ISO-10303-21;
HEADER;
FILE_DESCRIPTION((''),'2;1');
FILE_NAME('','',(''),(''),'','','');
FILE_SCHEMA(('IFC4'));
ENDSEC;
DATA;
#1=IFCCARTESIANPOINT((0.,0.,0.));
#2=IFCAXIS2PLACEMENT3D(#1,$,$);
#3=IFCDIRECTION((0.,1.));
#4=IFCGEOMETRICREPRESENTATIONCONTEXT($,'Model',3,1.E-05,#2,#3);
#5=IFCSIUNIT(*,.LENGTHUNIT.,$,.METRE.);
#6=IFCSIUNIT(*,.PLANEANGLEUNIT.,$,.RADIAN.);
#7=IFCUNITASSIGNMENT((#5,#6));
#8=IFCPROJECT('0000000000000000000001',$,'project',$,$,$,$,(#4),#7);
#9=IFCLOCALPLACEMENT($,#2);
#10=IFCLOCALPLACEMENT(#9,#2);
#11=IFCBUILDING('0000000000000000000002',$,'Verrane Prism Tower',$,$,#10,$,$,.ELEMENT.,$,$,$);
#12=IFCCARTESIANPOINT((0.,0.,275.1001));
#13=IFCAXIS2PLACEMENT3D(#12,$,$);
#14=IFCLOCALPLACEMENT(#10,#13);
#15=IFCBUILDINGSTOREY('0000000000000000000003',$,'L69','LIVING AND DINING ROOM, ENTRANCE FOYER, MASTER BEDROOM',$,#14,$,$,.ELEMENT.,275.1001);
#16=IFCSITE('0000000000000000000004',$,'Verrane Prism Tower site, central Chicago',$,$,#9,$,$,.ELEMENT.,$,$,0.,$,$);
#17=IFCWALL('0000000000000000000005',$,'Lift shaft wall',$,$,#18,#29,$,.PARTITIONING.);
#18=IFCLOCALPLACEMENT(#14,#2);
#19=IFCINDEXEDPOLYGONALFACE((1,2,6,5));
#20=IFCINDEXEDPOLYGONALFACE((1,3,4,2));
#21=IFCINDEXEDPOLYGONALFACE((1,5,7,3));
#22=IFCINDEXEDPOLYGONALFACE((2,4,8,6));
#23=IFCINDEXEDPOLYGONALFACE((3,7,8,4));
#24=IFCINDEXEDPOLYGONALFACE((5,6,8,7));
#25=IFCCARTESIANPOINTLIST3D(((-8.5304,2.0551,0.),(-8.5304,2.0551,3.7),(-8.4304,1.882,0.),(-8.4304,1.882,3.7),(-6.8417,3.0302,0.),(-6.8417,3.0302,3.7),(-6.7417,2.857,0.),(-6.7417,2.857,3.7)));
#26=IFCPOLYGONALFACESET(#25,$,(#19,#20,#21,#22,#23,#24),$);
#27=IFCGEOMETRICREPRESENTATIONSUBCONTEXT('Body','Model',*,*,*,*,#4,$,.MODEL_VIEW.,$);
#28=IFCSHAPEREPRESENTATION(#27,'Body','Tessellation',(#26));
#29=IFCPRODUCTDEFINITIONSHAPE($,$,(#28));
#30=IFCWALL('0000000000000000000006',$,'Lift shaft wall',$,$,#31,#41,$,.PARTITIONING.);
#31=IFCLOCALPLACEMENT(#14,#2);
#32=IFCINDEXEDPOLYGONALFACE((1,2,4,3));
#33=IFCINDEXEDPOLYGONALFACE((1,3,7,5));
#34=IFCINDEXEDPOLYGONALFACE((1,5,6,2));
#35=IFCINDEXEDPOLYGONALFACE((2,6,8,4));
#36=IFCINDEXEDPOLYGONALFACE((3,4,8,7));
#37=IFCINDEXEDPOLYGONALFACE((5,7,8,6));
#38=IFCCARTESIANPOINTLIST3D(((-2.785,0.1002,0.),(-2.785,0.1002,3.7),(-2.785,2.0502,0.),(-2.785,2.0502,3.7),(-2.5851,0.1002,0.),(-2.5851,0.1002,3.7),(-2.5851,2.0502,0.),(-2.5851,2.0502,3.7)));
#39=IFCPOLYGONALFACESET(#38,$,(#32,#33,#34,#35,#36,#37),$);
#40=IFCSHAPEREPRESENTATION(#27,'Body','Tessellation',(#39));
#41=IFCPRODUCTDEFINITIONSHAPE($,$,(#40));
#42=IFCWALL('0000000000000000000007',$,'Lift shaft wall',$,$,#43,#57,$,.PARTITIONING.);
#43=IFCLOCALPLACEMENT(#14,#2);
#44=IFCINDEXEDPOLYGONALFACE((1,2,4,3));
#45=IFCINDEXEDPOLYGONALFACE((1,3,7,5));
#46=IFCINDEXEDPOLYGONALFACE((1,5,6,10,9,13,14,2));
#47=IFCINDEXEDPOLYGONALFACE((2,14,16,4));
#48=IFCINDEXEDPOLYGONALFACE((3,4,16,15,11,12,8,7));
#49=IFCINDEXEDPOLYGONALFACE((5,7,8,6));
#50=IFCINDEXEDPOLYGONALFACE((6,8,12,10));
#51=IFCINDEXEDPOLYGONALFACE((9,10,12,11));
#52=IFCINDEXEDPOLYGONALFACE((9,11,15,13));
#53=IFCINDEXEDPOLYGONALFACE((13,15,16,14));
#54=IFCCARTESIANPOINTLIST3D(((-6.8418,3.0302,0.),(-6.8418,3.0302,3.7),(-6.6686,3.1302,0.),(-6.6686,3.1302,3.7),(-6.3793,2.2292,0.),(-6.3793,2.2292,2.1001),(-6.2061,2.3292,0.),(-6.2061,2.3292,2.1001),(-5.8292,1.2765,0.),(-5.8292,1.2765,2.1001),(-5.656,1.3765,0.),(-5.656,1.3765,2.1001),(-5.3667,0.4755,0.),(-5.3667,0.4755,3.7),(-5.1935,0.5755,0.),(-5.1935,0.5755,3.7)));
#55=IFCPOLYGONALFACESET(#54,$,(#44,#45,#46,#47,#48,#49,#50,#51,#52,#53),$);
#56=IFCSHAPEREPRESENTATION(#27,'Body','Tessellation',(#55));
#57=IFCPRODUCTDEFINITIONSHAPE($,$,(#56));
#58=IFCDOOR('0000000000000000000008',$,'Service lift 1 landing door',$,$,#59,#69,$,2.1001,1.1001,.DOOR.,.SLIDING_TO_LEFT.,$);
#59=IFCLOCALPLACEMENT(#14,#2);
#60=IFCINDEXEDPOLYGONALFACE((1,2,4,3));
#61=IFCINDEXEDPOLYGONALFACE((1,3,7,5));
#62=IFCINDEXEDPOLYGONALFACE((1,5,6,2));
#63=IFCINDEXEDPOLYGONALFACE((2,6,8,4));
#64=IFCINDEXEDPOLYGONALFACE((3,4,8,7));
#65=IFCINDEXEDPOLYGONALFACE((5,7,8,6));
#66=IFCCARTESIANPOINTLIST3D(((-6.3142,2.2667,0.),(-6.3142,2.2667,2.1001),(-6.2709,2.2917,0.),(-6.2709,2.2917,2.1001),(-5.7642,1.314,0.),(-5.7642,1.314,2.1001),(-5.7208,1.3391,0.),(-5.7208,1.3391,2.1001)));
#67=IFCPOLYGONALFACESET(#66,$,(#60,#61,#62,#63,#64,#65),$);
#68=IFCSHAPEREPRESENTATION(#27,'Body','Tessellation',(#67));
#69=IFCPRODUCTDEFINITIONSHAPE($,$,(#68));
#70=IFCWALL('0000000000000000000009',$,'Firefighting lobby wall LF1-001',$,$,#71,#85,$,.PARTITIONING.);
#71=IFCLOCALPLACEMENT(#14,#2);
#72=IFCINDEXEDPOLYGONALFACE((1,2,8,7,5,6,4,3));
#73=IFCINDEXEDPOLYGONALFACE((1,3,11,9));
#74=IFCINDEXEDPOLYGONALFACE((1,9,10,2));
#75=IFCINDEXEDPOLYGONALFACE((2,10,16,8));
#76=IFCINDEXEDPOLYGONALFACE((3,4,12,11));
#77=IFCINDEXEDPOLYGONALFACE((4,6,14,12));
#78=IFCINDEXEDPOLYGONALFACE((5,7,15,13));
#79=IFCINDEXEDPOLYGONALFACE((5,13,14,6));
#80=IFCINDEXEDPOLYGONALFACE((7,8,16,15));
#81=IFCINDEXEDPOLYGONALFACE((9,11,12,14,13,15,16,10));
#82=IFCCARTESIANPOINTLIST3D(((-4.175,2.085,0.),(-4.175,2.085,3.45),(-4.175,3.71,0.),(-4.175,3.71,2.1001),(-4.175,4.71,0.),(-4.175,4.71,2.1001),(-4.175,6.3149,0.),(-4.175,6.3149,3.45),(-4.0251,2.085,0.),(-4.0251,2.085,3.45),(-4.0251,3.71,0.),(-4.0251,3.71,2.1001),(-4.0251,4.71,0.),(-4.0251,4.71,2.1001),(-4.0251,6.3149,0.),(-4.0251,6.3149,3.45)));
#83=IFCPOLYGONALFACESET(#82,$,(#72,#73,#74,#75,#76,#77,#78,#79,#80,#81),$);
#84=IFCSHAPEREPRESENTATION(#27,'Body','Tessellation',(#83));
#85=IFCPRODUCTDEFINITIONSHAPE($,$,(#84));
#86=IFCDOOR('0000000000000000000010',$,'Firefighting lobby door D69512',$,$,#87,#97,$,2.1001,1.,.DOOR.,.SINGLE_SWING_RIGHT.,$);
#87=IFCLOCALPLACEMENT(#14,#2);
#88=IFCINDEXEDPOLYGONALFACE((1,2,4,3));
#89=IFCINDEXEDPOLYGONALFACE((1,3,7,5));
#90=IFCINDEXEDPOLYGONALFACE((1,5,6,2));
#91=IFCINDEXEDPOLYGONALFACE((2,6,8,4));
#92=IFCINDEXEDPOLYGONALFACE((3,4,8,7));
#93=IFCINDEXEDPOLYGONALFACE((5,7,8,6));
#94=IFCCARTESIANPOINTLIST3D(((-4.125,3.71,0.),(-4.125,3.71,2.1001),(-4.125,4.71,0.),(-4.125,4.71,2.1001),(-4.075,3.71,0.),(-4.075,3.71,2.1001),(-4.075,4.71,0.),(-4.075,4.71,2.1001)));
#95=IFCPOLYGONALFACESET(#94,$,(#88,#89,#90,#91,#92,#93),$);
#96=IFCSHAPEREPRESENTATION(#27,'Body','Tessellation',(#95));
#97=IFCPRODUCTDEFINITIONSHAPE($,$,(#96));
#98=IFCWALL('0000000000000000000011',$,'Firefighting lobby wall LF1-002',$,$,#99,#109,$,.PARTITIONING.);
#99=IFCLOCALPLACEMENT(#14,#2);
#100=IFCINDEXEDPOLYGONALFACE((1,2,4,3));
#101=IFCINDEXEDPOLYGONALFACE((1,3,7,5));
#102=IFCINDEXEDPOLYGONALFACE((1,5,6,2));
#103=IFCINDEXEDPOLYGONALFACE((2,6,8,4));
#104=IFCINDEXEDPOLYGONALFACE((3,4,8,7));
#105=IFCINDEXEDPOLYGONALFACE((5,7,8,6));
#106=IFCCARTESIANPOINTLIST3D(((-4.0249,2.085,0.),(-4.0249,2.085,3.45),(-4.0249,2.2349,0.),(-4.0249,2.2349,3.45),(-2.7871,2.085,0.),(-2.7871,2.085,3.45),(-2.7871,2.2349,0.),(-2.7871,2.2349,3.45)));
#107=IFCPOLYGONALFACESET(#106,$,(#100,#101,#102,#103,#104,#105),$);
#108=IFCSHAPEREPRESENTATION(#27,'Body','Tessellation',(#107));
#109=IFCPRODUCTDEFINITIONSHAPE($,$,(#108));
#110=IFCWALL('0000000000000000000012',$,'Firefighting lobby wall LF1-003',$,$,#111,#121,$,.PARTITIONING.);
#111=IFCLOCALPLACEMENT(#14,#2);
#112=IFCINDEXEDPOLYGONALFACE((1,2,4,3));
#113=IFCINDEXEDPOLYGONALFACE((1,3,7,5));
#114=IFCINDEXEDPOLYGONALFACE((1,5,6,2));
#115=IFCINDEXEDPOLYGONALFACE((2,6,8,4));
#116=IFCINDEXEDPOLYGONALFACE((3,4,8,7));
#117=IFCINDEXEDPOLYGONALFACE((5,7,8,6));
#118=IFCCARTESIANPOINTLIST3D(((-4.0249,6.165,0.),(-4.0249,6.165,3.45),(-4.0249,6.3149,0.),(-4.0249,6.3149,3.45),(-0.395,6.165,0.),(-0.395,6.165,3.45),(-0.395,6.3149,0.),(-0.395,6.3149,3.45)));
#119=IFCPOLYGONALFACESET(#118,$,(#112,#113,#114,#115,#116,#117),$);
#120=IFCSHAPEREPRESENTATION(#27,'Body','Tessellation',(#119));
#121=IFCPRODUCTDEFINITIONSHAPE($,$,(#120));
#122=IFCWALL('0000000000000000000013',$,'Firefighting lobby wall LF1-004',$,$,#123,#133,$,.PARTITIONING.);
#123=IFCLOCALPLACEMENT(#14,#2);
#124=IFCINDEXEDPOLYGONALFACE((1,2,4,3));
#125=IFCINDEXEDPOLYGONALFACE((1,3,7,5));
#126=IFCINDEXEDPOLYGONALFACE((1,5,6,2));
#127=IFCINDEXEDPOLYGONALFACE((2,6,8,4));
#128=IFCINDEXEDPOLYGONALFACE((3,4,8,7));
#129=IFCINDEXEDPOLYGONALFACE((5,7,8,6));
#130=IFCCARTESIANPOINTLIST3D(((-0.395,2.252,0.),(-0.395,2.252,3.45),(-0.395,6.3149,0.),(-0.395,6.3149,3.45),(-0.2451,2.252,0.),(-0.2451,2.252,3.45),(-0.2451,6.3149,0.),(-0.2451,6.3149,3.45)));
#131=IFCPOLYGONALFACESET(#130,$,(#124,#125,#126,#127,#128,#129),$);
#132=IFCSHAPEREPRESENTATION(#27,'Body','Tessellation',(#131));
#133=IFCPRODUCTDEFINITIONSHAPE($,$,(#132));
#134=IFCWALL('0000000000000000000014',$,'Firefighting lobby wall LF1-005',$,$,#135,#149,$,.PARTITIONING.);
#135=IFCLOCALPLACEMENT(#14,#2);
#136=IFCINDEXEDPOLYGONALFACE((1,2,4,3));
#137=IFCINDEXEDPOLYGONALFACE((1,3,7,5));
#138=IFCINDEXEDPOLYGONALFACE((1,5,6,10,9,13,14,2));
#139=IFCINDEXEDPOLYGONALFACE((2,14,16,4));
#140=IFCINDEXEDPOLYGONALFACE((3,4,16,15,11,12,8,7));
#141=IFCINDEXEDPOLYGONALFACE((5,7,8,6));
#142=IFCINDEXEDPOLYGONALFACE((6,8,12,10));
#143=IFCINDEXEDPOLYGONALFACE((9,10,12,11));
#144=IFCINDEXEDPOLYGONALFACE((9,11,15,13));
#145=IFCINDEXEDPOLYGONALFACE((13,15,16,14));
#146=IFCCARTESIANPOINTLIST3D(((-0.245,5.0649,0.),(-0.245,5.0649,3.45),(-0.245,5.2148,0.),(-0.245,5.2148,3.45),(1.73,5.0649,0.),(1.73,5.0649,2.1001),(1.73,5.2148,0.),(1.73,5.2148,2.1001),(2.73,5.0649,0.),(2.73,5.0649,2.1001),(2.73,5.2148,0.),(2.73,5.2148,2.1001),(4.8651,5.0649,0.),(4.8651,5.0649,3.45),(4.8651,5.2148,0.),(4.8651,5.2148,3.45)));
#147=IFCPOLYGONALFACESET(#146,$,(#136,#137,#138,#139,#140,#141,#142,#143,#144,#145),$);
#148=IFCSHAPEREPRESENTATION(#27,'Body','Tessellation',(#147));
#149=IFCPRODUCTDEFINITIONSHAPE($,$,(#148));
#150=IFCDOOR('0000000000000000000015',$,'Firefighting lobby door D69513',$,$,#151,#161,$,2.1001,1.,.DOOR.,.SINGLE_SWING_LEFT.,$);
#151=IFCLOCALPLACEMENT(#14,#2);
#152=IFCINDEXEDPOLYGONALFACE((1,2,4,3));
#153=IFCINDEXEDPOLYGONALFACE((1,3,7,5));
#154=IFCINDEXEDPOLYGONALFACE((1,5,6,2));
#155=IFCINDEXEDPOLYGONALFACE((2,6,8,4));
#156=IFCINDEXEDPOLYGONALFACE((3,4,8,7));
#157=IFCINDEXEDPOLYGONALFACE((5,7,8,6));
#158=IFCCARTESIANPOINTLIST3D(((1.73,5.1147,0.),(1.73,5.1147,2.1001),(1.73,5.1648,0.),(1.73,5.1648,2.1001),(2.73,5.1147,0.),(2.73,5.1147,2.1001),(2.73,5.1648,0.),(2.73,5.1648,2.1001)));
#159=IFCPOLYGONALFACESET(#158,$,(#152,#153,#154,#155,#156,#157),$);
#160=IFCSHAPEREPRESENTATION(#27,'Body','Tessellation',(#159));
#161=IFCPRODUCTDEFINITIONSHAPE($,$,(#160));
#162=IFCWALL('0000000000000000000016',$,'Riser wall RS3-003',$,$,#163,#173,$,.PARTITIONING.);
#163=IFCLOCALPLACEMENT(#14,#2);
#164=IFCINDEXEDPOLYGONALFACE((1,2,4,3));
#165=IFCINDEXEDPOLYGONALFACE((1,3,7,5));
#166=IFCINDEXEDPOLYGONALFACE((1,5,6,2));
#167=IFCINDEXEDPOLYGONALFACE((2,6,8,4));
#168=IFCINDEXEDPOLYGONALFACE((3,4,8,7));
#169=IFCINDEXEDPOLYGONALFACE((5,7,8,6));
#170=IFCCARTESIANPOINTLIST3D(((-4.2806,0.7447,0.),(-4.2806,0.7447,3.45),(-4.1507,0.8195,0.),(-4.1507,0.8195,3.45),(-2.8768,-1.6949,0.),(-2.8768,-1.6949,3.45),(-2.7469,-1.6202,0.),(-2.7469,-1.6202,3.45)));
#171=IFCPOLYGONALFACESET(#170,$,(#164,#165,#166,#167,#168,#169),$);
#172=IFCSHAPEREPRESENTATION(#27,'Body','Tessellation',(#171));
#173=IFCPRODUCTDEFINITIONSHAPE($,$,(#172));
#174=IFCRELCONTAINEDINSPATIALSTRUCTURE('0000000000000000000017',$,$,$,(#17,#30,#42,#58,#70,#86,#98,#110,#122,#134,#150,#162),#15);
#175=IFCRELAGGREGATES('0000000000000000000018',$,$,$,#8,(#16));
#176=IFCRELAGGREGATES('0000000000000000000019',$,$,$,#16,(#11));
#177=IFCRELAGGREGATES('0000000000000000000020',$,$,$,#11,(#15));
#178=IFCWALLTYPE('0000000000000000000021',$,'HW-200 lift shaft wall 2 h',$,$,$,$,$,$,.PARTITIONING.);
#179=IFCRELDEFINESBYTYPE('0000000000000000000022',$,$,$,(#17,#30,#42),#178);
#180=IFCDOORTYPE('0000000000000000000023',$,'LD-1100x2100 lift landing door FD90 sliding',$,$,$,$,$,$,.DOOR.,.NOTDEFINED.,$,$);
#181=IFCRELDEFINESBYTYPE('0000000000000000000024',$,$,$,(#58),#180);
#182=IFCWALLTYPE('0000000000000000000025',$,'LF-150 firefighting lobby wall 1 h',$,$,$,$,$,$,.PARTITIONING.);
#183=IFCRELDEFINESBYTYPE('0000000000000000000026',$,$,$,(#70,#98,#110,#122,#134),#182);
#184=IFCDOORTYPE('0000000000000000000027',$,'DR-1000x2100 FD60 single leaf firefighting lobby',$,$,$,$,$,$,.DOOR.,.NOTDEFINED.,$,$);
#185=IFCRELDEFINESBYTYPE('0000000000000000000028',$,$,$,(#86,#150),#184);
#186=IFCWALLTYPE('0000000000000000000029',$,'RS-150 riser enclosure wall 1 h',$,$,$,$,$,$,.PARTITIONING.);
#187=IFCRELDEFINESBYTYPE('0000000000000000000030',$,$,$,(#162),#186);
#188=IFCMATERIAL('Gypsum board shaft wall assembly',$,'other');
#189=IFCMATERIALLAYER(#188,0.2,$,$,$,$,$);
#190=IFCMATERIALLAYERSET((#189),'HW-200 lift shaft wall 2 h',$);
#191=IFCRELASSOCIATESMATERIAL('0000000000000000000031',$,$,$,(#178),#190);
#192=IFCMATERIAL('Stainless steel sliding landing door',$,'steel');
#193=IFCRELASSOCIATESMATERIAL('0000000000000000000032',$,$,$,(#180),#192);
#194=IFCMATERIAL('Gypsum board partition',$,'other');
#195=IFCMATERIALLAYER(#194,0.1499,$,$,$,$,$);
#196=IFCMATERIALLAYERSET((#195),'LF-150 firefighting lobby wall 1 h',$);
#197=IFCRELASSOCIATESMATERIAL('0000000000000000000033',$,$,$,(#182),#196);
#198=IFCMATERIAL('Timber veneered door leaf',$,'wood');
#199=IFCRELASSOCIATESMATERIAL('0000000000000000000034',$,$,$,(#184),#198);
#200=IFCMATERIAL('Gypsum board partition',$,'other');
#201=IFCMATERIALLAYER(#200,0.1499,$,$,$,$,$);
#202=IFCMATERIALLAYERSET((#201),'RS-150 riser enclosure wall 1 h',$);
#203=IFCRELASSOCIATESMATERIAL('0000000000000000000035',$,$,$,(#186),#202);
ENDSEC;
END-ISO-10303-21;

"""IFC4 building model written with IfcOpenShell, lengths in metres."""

from ifc_helpers import new_model, si_unit, direction, frame, frame_2d, origin, place, context, subcontext, project, spatial, rectangle, extrude, material, layer, layer_set, type_object, element, fill, save


model = new_model("IFC4")

# Units and contexts
model_context = context("Model", 3, precision=1e-05, world=origin(), true_north=direction((0.0, 1.0)))
body_context = subcontext(model_context, "Body", "Model", "MODEL_VIEW")
ifc_project = project(units=[si_unit("LENGTHUNIT", "METRE"), si_unit("PLANEANGLEUNIT", "RADIAN")], contexts=[model_context])

# Site, building, storey
site_placement = place(None, origin())
site = spatial("IfcSite", under=ifc_project, at=site_placement, Name="Verrane Prism Tower site, central Chicago", CompositionType="ELEMENT", RefElevation=0.0)
building_placement = place(site_placement, origin())
building = spatial("IfcBuilding", under=site, at=building_placement, Name="Verrane Prism Tower", CompositionType="ELEMENT")
storey_placement = place(building_placement, frame((0.0, 0.0, 275.1001)))
storey = spatial("IfcBuildingStorey", under=building, at=storey_placement, Name="L69", Description="LIVING AND DINING ROOM, ENTRANCE FOYER, MASTER BEDROOM", CompositionType="ELEMENT", Elevation=275.1001)

# Shared definitions
ifc_material_1 = material(Name="Gypsum board shaft wall assembly", Category="other")
ifc_layer_1 = layer(ifc_material_1, 0.2)
ifc_layer_set_1 = layer_set([ifc_layer_1], Name="HW-200 lift shaft wall 2 h")
wall_type_1 = type_object("IfcWallType", Name="HW-200 lift shaft wall 2 h", PredefinedType="PARTITIONING", material=ifc_layer_set_1)
ifc_material_2 = material(Name="Stainless steel sliding landing door", Category="steel")
door_type_1 = type_object("IfcDoorType", Name="LD-1100x2100 lift landing door FD90 sliding", OperationType="NOTDEFINED", PredefinedType="DOOR", material=ifc_material_2)

# Walls
for number, where, z_axis, x_axis, name in (
    (1, (-8.4805, 1.9685, 0.0), (0.0, 0.0, 1.0), (0.866, 0.500044, 0.0), "Lift shaft wall"),
    (2, (-2.6851, 0.1001, 0.0), (0.0, 0.0, 1.0), (0.0, 1.0, 0.0), "Lift shaft wall"),
):
    element("IfcWall", number, at=place(storey_placement, frame(where, z_axis=z_axis, x_axis=x_axis)), inside=storey, type_object=wall_type_1, Name=name, PredefinedType="PARTITIONING", context=body_context, shape_type="SweptSolid", body=[
        extrude(rectangle(XDim=1.95, YDim=0.2, at=frame_2d((0.9751, 0.0))), origin(), (0.0, 0.0, 1.0), 3.7),
    ])

# Walls, openings, doors
wall_1_placement = place(storey_placement, frame((-5.28, 0.5254, 0.0), z_axis=(0.0, 0.0, 1.0), x_axis=(-0.500038, 0.866004, 0.0)))
wall_1 = element("IfcWall", 3, at=wall_1_placement, inside=storey, type_object=wall_type_1, Name="Lift shaft wall", PredefinedType="PARTITIONING", context=body_context, shape_type="SweptSolid", body=[
    extrude(rectangle(XDim=2.95, YDim=0.2, at=frame_2d((1.4751, 0.0))), origin(), (0.0, 0.0, 1.0), 3.7),
])
opening_1_placement = place(wall_1_placement, frame((0.925, 0.0, 0.0)))
opening_1 = element("IfcOpeningElement", 4, at=opening_1_placement, cuts=wall_1, PredefinedType="OPENING", context=body_context, shape_type="SweptSolid", body=[
    extrude(rectangle(XDim=1.1001, YDim=2.1001, at=frame_2d((0.55, 1.05))), frame((0.0, 0.1099, 0.0), z_axis=(0.0, -1.0, 0.0), x_axis=(1.0, 0.0, 0.0)), (0.0, 0.0, 1.0), 0.22),
])
door_1_placement = place(opening_1_placement, origin())
door_1 = element("IfcDoor", 5, at=door_1_placement, inside=storey, type_object=door_type_1, Name="Service lift 1 landing door", OperationType="SLIDING_TO_LEFT", OverallHeight=2.1001, OverallWidth=1.1001, PredefinedType="DOOR", context=body_context, shape_type="SweptSolid", body=[
    extrude(rectangle(XDim=1.1001, YDim=2.1001, at=frame_2d((0.55, 1.05))), frame((0.0, 0.0249, 0.0), z_axis=(0.0, -1.0, 0.0), x_axis=(1.0, 0.0, 0.0)), (0.0, 0.0, 1.0), 0.05),
])
fill(opening_1, door_1)
ifc_material_3 = material(Name="Gypsum board partition", Category="other")
ifc_layer_2 = layer(ifc_material_3, 0.1499)
ifc_layer_set_2 = layer_set([ifc_layer_2], Name="LF-150 firefighting lobby wall 1 h")
wall_type_2 = type_object("IfcWallType", Name="LF-150 firefighting lobby wall 1 h", PredefinedType="PARTITIONING", material=ifc_layer_set_2)
wall_2_placement = place(storey_placement, frame((-4.1001, 2.085, 0.0), z_axis=(0.0, 0.0, 1.0), x_axis=(0.0, 1.0, 0.0)))
wall_2 = element("IfcWall", 6, at=wall_2_placement, inside=storey, type_object=wall_type_2, Name="Firefighting lobby wall LF1-001", PredefinedType="PARTITIONING", context=body_context, shape_type="SweptSolid", body=[
    extrude(rectangle(XDim=4.23, YDim=0.1499, at=frame_2d((2.115, 0.0))), origin(), (0.0, 0.0, 1.0), 3.45),
])
opening_2_placement = place(wall_2_placement, frame((1.625, 0.0, 0.0)))
opening_2 = element("IfcOpeningElement", 7, at=opening_2_placement, cuts=wall_2, PredefinedType="OPENING", context=body_context, shape_type="SweptSolid", body=[
    extrude(rectangle(XDim=1.0, YDim=2.1001, at=frame_2d((0.5, 1.05))), frame((0.0, 0.085, 0.0), z_axis=(0.0, -1.0, 0.0), x_axis=(1.0, 0.0, 0.0)), (0.0, 0.0, 1.0), 0.1699),
])
ifc_material_4 = material(Name="Timber veneered door leaf", Category="wood")
door_type_2 = type_object("IfcDoorType", Name="DR-1000x2100 FD60 single leaf firefighting lobby", OperationType="NOTDEFINED", PredefinedType="DOOR", material=ifc_material_4)
door_2_placement = place(opening_2_placement, origin())
door_2 = element("IfcDoor", 8, at=door_2_placement, inside=storey, type_object=door_type_2, Name="Firefighting lobby door D69512", OperationType="SINGLE_SWING_RIGHT", OverallHeight=2.1001, OverallWidth=1.0, PredefinedType="DOOR", context=body_context, shape_type="SweptSolid", body=[
    extrude(rectangle(XDim=1.0, YDim=2.1001, at=frame_2d((0.5, 1.05))), frame((0.0, 0.0249, 0.0), z_axis=(0.0, -1.0, 0.0), x_axis=(1.0, 0.0, 0.0)), (0.0, 0.0, 1.0), 0.05),
])
fill(opening_2, door_2)

# Walls
wall_3_placement = place(storey_placement, frame((-4.0249, 2.1599, 0.0), z_axis=(0.0, 0.0, 1.0), x_axis=(1.0, 0.0, 0.0)))
element("IfcWall", 9, at=wall_3_placement, inside=storey, type_object=wall_type_2, Name="Firefighting lobby wall LF1-002", PredefinedType="PARTITIONING", context=body_context, shape_type="SweptSolid", body=[
    extrude(rectangle(XDim=1.2378, YDim=0.1499, at=frame_2d((0.6189, 0.0))), origin(), (0.0, 0.0, 1.0), 3.45),
])
wall_4_placement = place(storey_placement, frame((-4.0249, 6.24, 0.0), z_axis=(0.0, 0.0, 1.0), x_axis=(1.0, 0.0, 0.0)))
element("IfcWall", 10, at=wall_4_placement, inside=storey, type_object=wall_type_2, Name="Firefighting lobby wall LF1-003", PredefinedType="PARTITIONING", context=body_context, shape_type="SweptSolid", body=[
    extrude(rectangle(XDim=3.6299, YDim=0.1499, at=frame_2d((1.8149, 0.0))), origin(), (0.0, 0.0, 1.0), 3.45),
])
wall_5_placement = place(storey_placement, frame((-0.3201, 2.252, 0.0), z_axis=(0.0, 0.0, 1.0), x_axis=(0.0, 1.0, 0.0)))
element("IfcWall", 11, at=wall_5_placement, inside=storey, type_object=wall_type_2, Name="Firefighting lobby wall LF1-004", PredefinedType="PARTITIONING", context=body_context, shape_type="SweptSolid", body=[
    extrude(rectangle(XDim=4.063, YDim=0.1499, at=frame_2d((2.0315, 0.0))), origin(), (0.0, 0.0, 1.0), 3.45),
])

# Wall, opening, door
wall_6_placement = place(storey_placement, frame((-0.2451, 5.1399, 0.0), z_axis=(0.0, 0.0, 1.0), x_axis=(1.0, 0.0, 0.0)))
wall_6 = element("IfcWall", 12, at=wall_6_placement, inside=storey, type_object=wall_type_2, Name="Firefighting lobby wall LF1-005", PredefinedType="PARTITIONING", context=body_context, shape_type="SweptSolid", body=[
    extrude(rectangle(XDim=5.1101, YDim=0.1499, at=frame_2d((2.5552, 0.0))), origin(), (0.0, 0.0, 1.0), 3.45),
])
opening_3_placement = place(wall_6_placement, frame((1.9751, 0.0, 0.0)))
opening_3 = element("IfcOpeningElement", 13, at=opening_3_placement, cuts=wall_6, PredefinedType="OPENING", context=body_context, shape_type="SweptSolid", body=[
    extrude(rectangle(XDim=1.0, YDim=2.1001, at=frame_2d((0.5, 1.05))), frame((0.0, 0.085, 0.0), z_axis=(0.0, -1.0, 0.0), x_axis=(1.0, 0.0, 0.0)), (0.0, 0.0, 1.0), 0.1699),
])
door_3_placement = place(opening_3_placement, origin())
door_3 = element("IfcDoor", 14, at=door_3_placement, inside=storey, type_object=door_type_2, Name="Firefighting lobby door D69513", OperationType="SINGLE_SWING_LEFT", OverallHeight=2.1001, OverallWidth=1.0, PredefinedType="DOOR", context=body_context, shape_type="SweptSolid", body=[
    extrude(rectangle(XDim=1.0, YDim=2.1001, at=frame_2d((0.5, 1.05))), frame((0.0, 0.0249, 0.0), z_axis=(0.0, -1.0, 0.0), x_axis=(1.0, 0.0, 0.0)), (0.0, 0.0, 1.0), 0.05),
])
fill(opening_3, door_3)

# Wall
ifc_material_5 = material(Name="Gypsum board partition", Category="other")
ifc_layer_3 = layer(ifc_material_5, 0.1499)
ifc_layer_set_3 = layer_set([ifc_layer_3], Name="RS-150 riser enclosure wall 1 h")
wall_type_3 = type_object("IfcWallType", Name="RS-150 riser enclosure wall 1 h", PredefinedType="PARTITIONING", material=ifc_layer_set_3)
wall_7_placement = place(storey_placement, frame((-4.2156, 0.782, 0.0), z_axis=(0.0, 0.0, 1.0), x_axis=(0.498733, -0.866755, 0.0)))
element("IfcWall", 15, at=wall_7_placement, inside=storey, type_object=wall_type_3, Name="Riser wall RS3-003", PredefinedType="PARTITIONING", context=body_context, shape_type="SweptSolid", body=[
    extrude(rectangle(XDim=2.8147, YDim=0.1499, at=frame_2d((1.4072, 0.0))), origin(), (0.0, 0.0, 1.0), 3.45),
])

save(model, "model.ifc")
